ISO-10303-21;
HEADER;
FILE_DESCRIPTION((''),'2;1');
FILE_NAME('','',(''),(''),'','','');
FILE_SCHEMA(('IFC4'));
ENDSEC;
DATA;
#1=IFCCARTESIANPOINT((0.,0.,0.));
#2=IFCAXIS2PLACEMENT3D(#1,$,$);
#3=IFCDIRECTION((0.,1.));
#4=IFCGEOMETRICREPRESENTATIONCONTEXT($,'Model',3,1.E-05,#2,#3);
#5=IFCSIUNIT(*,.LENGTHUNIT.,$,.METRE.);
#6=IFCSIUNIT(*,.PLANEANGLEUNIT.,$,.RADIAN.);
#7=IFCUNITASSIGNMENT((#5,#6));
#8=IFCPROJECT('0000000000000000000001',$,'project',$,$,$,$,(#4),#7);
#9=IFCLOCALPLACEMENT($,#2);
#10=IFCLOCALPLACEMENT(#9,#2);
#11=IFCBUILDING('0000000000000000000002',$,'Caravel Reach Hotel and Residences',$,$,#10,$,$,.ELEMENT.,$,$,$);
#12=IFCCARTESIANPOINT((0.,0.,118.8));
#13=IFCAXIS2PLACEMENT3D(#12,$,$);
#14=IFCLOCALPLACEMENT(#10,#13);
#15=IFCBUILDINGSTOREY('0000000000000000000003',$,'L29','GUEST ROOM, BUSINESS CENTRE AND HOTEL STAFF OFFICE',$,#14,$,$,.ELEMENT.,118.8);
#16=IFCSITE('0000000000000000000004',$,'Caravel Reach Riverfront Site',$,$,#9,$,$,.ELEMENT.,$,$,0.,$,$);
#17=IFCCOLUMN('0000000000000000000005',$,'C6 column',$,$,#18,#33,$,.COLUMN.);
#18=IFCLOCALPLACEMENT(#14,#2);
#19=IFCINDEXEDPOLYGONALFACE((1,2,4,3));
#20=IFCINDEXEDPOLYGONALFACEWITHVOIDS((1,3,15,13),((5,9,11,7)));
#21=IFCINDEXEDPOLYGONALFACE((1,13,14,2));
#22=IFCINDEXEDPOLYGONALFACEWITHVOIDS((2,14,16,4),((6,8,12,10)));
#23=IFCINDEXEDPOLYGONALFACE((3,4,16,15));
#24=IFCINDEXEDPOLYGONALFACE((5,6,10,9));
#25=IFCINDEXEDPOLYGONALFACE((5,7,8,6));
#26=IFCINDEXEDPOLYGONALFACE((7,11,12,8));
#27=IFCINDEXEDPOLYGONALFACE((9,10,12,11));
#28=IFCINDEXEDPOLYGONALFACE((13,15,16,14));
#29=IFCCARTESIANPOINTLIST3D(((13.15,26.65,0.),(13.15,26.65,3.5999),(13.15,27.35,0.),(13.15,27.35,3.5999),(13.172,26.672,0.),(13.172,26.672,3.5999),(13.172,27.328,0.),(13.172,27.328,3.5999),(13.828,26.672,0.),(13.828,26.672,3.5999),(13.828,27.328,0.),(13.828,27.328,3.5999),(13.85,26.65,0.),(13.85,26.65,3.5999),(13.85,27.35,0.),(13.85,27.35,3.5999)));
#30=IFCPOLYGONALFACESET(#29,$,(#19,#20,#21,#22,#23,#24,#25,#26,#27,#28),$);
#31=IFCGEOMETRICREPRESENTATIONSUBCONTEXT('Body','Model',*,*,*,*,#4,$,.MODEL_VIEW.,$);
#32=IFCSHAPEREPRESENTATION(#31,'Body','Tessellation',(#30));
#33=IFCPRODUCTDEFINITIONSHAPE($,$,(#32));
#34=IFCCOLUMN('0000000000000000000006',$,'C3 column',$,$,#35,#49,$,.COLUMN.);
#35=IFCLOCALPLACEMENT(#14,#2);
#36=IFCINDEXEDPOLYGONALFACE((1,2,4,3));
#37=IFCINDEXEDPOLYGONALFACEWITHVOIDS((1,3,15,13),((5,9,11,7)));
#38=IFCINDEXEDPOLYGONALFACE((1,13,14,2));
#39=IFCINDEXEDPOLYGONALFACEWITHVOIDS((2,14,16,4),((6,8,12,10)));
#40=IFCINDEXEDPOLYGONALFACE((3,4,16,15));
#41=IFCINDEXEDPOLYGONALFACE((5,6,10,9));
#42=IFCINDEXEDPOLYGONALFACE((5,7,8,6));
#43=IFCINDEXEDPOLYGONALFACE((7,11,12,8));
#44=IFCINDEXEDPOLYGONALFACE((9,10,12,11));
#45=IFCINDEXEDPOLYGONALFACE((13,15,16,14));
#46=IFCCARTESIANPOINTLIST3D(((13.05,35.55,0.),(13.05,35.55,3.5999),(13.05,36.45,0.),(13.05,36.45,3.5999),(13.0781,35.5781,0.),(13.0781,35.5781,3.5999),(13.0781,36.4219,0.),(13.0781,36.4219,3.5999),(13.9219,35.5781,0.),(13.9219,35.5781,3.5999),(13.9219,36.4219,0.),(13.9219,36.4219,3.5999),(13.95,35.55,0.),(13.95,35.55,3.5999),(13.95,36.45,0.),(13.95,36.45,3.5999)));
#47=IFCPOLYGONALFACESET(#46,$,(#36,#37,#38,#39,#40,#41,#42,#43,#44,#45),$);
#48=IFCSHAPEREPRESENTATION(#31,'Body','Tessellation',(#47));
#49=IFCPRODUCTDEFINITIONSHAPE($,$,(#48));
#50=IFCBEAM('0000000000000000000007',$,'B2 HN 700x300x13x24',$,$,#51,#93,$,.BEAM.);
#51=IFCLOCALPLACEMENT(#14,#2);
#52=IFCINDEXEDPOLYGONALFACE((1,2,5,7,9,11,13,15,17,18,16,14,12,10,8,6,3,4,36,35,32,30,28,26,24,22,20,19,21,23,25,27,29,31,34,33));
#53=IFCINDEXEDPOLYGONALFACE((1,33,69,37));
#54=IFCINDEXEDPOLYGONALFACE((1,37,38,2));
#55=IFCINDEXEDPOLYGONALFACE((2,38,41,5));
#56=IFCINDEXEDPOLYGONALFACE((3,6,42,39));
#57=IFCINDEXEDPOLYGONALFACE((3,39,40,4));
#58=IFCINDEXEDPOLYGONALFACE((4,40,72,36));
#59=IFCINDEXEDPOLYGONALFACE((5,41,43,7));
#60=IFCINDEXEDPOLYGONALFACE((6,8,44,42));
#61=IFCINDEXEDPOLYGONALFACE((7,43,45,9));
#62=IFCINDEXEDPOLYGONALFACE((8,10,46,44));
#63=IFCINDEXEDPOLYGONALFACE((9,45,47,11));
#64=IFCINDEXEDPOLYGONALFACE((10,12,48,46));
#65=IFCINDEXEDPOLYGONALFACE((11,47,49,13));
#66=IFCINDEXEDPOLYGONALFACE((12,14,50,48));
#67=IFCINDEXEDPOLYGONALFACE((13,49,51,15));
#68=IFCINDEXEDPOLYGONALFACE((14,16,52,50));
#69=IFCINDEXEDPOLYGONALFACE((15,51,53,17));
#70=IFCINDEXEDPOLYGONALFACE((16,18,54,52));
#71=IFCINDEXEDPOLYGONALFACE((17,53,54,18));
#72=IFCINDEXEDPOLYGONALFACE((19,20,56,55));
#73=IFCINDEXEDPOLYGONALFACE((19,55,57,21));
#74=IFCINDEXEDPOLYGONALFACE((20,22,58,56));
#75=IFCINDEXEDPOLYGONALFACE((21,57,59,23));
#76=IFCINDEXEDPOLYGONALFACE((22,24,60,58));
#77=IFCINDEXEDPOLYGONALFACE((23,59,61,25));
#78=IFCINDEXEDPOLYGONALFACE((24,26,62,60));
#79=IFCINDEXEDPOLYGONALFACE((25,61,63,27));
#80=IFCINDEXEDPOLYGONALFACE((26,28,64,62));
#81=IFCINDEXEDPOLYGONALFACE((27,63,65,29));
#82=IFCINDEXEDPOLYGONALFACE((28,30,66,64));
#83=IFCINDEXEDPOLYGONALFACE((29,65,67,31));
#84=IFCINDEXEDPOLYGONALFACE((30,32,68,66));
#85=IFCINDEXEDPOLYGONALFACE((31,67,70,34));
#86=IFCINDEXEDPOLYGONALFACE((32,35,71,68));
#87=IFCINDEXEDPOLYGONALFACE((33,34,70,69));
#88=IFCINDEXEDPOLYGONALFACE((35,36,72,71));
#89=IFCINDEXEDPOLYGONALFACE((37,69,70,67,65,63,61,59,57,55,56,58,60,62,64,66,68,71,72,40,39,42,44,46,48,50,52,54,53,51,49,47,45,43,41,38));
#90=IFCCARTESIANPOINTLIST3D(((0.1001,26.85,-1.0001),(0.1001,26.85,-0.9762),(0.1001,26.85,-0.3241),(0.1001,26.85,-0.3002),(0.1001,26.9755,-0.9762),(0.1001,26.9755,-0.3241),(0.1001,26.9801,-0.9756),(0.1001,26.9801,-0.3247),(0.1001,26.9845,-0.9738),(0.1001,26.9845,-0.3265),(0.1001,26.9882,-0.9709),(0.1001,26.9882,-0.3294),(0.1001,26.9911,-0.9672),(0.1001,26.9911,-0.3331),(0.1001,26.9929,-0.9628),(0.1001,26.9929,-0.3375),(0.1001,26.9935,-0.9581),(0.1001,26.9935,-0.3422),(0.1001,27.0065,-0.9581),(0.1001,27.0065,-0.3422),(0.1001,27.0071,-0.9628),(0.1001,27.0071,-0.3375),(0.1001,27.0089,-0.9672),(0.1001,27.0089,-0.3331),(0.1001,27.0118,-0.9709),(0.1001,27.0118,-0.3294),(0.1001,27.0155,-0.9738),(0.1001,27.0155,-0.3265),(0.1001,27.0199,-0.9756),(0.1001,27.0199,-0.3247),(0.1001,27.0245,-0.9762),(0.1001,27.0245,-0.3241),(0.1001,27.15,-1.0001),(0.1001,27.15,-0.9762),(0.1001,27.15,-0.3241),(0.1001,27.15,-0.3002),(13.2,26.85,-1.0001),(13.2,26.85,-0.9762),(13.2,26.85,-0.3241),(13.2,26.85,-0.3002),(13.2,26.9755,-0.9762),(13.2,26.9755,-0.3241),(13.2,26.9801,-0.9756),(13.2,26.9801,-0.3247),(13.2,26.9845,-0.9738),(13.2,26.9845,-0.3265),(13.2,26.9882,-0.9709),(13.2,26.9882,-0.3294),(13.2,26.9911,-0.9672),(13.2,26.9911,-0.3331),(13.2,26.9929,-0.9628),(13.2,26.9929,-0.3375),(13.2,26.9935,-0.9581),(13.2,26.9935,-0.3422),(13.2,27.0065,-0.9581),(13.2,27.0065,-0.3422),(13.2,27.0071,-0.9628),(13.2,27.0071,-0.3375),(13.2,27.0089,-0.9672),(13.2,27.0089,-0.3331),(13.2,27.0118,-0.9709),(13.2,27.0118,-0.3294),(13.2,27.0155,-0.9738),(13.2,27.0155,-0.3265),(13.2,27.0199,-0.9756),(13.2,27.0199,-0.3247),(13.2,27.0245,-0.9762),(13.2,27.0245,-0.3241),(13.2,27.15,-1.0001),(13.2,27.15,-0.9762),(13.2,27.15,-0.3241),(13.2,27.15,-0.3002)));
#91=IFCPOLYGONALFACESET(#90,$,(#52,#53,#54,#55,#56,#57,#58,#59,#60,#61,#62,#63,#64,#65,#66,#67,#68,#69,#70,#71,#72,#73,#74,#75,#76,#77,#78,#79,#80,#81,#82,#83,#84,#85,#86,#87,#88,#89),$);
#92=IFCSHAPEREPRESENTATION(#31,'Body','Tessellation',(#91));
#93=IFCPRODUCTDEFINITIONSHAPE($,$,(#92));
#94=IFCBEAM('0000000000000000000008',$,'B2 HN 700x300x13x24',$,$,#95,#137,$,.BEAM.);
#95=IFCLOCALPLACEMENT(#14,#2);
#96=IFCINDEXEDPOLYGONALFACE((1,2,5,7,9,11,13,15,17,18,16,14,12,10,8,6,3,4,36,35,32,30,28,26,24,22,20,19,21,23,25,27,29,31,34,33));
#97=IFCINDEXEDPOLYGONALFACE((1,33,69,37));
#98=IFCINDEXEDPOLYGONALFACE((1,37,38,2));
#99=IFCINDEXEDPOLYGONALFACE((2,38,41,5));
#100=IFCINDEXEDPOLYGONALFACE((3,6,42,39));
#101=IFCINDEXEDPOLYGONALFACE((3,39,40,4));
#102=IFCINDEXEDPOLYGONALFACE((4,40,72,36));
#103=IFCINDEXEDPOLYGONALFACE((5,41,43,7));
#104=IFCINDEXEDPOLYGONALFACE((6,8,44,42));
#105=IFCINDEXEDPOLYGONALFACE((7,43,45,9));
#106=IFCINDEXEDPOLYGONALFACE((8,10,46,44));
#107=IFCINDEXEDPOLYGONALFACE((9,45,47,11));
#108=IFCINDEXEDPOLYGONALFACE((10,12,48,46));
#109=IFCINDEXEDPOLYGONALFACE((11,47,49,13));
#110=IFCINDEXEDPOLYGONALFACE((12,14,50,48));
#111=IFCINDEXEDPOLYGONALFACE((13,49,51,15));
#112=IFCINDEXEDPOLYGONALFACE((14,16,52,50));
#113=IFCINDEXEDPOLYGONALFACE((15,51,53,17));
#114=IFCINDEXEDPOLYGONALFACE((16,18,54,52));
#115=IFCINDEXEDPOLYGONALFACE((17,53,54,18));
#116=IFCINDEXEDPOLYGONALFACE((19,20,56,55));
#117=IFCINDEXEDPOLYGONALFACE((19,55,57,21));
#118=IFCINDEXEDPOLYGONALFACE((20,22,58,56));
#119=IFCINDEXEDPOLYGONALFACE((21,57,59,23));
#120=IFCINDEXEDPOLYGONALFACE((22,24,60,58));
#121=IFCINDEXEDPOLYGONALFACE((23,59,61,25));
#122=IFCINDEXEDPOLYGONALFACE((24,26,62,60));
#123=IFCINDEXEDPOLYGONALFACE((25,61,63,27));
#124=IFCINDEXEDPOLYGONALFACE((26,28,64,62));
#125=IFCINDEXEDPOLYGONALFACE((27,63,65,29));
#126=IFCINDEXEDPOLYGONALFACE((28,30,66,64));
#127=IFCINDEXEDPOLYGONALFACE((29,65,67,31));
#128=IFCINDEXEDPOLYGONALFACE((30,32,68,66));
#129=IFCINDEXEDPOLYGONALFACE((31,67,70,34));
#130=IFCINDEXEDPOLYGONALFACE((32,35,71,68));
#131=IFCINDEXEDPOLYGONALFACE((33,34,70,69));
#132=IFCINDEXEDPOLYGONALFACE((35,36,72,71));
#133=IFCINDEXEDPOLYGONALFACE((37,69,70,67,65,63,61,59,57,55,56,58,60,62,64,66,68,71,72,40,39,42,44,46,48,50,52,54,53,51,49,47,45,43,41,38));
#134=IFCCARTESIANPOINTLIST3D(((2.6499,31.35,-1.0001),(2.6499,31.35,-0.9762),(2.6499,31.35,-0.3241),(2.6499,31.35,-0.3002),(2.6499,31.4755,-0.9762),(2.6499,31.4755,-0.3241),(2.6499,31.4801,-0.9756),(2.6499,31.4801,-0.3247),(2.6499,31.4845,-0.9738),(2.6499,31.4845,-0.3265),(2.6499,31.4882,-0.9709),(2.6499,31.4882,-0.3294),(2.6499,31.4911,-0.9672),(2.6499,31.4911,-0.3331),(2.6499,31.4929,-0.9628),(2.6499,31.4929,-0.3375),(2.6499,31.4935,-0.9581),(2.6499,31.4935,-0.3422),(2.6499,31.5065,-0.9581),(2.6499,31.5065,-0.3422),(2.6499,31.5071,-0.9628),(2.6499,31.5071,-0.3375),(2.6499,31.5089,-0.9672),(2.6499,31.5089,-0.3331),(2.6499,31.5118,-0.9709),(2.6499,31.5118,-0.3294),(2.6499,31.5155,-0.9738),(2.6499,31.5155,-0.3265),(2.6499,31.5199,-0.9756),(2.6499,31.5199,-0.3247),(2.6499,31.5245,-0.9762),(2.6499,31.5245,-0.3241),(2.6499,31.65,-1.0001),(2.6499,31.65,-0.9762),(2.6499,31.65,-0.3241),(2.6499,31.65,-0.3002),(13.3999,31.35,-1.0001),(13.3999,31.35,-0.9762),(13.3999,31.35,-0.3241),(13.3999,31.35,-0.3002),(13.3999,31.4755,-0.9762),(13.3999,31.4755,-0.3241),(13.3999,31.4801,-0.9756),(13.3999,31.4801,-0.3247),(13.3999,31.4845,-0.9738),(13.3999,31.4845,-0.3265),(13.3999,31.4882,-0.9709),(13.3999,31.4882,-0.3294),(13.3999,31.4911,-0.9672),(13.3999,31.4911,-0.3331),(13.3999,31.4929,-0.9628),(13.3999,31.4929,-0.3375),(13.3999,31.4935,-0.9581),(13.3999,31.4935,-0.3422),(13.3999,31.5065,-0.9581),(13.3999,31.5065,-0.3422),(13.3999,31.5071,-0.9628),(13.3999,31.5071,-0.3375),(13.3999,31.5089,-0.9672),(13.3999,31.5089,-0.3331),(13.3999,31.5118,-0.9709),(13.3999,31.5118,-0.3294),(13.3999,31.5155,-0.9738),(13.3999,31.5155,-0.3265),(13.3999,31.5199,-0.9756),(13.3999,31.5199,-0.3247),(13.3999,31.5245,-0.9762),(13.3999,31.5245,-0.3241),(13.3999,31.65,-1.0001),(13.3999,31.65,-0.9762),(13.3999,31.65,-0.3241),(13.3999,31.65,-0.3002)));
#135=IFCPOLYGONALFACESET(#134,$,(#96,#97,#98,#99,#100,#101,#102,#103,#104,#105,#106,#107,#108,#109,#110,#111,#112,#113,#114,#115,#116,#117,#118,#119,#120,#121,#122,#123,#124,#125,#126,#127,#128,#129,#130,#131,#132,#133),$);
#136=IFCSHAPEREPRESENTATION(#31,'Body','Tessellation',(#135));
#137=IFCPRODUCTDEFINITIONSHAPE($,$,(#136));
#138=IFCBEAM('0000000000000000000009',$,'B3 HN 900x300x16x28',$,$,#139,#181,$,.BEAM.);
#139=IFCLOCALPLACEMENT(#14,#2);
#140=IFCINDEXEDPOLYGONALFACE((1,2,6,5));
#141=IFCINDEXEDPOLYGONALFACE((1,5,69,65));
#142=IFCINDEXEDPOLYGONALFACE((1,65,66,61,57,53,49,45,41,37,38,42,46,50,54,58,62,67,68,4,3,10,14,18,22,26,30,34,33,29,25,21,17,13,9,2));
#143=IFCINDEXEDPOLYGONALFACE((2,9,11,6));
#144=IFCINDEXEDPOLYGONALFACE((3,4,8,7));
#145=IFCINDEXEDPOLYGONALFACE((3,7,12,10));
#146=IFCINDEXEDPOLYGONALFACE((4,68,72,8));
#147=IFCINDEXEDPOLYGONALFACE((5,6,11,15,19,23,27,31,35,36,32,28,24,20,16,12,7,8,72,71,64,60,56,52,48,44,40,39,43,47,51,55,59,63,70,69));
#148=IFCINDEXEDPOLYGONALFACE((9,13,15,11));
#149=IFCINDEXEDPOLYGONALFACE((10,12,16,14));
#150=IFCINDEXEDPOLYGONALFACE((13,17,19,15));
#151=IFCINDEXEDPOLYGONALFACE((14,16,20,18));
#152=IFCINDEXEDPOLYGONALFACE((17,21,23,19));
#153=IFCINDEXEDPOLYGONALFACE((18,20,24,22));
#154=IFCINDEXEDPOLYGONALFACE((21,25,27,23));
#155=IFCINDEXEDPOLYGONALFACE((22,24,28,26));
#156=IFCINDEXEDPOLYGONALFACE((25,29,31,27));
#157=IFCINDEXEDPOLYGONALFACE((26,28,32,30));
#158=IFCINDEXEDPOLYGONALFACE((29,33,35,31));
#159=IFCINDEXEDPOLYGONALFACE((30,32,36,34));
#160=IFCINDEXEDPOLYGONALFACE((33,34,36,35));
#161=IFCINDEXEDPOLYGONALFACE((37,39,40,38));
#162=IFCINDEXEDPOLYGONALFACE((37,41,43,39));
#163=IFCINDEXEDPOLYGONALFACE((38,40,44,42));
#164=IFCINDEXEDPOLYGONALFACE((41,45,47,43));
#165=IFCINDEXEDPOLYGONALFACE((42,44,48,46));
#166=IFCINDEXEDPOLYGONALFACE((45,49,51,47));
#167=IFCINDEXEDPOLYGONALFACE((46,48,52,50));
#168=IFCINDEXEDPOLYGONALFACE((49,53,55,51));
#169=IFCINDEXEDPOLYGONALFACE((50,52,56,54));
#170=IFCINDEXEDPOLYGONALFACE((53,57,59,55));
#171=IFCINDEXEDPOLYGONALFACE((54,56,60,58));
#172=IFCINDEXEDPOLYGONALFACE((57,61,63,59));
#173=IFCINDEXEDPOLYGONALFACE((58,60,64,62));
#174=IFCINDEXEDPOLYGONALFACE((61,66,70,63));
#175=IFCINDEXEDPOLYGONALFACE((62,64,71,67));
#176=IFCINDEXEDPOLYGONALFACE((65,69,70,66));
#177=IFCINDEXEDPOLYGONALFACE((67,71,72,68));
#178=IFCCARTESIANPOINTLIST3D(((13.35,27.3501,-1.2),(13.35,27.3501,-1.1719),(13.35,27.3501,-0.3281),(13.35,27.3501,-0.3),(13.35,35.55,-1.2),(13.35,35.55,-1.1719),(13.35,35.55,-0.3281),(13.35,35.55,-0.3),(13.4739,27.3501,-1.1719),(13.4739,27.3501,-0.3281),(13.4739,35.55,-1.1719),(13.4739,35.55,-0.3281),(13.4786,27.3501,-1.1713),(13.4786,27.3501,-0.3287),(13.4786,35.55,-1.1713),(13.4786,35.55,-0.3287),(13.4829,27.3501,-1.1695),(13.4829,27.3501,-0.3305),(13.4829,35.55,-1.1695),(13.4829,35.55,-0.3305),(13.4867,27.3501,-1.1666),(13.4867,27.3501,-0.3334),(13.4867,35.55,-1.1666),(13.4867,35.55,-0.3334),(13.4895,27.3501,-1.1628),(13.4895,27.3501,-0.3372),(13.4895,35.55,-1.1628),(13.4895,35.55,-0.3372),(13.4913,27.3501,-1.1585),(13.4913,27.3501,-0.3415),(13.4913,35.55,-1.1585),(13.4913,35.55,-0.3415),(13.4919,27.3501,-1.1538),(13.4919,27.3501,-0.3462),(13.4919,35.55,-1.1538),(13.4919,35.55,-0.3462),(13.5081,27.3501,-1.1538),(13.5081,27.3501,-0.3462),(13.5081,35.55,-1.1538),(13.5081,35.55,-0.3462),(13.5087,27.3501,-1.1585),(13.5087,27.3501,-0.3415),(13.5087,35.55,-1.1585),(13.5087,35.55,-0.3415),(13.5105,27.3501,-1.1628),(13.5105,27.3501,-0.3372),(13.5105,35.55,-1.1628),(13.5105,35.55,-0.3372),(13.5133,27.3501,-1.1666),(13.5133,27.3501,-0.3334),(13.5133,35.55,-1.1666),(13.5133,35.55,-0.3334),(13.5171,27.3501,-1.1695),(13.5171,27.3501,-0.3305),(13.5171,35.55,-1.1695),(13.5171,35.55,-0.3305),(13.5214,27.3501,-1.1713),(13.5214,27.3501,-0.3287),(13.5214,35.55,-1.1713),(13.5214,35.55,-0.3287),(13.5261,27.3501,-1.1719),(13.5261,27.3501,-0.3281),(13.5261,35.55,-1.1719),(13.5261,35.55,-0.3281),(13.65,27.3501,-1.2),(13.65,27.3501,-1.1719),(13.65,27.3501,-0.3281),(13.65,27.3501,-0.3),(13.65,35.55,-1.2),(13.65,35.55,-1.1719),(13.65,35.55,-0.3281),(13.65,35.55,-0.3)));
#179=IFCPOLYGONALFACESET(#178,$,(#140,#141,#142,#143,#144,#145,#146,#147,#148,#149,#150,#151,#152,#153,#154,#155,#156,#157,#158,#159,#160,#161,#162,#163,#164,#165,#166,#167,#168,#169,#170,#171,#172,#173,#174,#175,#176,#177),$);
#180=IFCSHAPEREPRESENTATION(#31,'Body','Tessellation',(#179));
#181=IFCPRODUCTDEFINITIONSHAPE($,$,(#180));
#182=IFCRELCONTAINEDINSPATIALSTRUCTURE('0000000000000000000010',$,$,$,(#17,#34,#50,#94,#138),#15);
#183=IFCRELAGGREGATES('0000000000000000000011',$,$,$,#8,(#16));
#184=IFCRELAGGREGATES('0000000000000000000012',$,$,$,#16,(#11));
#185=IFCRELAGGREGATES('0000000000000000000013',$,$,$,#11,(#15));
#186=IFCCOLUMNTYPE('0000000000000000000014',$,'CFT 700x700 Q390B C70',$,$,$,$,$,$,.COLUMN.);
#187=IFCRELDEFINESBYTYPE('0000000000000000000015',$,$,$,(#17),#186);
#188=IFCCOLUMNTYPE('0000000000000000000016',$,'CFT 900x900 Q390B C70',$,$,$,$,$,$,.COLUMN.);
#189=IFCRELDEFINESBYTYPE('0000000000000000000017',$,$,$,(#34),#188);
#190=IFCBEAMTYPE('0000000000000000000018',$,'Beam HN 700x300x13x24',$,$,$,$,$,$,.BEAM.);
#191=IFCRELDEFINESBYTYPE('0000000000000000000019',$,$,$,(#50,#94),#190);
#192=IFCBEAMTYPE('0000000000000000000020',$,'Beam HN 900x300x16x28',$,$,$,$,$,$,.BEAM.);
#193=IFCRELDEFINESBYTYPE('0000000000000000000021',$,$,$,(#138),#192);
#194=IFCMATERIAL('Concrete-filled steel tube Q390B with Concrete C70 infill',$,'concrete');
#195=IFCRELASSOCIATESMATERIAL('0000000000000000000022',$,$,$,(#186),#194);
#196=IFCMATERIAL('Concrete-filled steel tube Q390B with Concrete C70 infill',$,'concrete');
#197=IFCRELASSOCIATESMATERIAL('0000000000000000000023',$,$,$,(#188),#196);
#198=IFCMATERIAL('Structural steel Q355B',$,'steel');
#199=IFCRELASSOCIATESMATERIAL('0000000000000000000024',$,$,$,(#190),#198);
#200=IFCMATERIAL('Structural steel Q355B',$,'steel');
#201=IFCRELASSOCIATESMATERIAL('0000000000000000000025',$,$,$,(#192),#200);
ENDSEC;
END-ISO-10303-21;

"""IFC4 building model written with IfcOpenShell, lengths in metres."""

from ifc_helpers import new_model, si_unit, direction, frame, origin, origin_2d, place, context, subcontext, project, spatial, hollow_rectangle, i_section, extrude, material, material_profile, profile_set, type_object, element, save


model = new_model("IFC4")

# Units and contexts
model_context = context("Model", 3, precision=1e-05, world=origin(), true_north=direction((0.0, 1.0)))
body_context = subcontext(model_context, "Body", "Model", "MODEL_VIEW")
ifc_project = project(units=[si_unit("LENGTHUNIT", "METRE"), si_unit("PLANEANGLEUNIT", "RADIAN")], contexts=[model_context])

# Site, building, storey
site_placement = place(None, origin())
site = spatial("IfcSite", under=ifc_project, at=site_placement, Name="Caravel Reach Riverfront Site", CompositionType="ELEMENT", RefElevation=0.0)
building_placement = place(site_placement, origin())
building = spatial("IfcBuilding", under=site, at=building_placement, Name="Caravel Reach Hotel and Residences", CompositionType="ELEMENT")
storey_placement = place(building_placement, frame((0.0, 0.0, 118.8)))
storey = spatial("IfcBuildingStorey", under=building, at=storey_placement, Name="L29", Description="GUEST ROOM, BUSINESS CENTRE AND HOTEL STAFF OFFICE", CompositionType="ELEMENT", Elevation=118.8)

# Columns
ifc_material_1 = material(Name="Concrete-filled steel tube Q390B with Concrete C70 infill", Category="concrete")
ifc_material_profile_1 = material_profile(ifc_material_1, hollow_rectangle(XDim=0.7, YDim=0.7, WallThickness=0.022, at=origin_2d()), Name="RHS 700x700x22")
ifc_profile_set_1 = profile_set([ifc_material_profile_1], Name="Concrete-filled steel tube Q390B with Concrete C70 infill")
column_type_1 = type_object("IfcColumnType", Name="CFT 700x700 Q390B C70", PredefinedType="COLUMN", material=ifc_profile_set_1)
column_1_placement = place(storey_placement, frame((13.5, 27.0, 0.0), z_axis=(0.0, 0.0, 1.0), x_axis=(1.0, 0.0, 0.0)))
element("IfcColumn", 1, at=column_1_placement, inside=storey, type_object=column_type_1, Name="C6 column", PredefinedType="COLUMN", context=body_context, shape_type="SweptSolid", body=[
    extrude(hollow_rectangle(XDim=0.7, YDim=0.7, WallThickness=0.022, at=origin_2d()), origin(), (0.0, 0.0, 1.0), 3.5999),
])
ifc_material_2 = material(Name="Concrete-filled steel tube Q390B with Concrete C70 infill", Category="concrete")
ifc_material_profile_2 = material_profile(ifc_material_2, hollow_rectangle(XDim=0.8999, YDim=0.8999, WallThickness=0.0281, at=origin_2d()), Name="RHS 900x900x28")
ifc_profile_set_2 = profile_set([ifc_material_profile_2], Name="Concrete-filled steel tube Q390B with Concrete C70 infill")
column_type_2 = type_object("IfcColumnType", Name="CFT 900x900 Q390B C70", PredefinedType="COLUMN", material=ifc_profile_set_2)
column_2_placement = place(storey_placement, frame((13.5, 36.0, 0.0), z_axis=(0.0, 0.0, 1.0), x_axis=(1.0, 0.0, 0.0)))
element("IfcColumn", 2, at=column_2_placement, inside=storey, type_object=column_type_2, Name="C3 column", PredefinedType="COLUMN", context=body_context, shape_type="SweptSolid", body=[
    extrude(hollow_rectangle(XDim=0.8999, YDim=0.8999, WallThickness=0.0281, at=origin_2d()), origin(), (0.0, 0.0, 1.0), 3.5999),
])

# Beams
ifc_material_3 = material(Name="Structural steel Q355B", Category="steel")
ifc_material_profile_3 = material_profile(ifc_material_3, i_section(OverallWidth=0.3, OverallDepth=0.7, WebThickness=0.0129, FlangeThickness=0.0239, FilletRadius=0.0181, at=origin_2d()), Name="HN 700x300x13x24")
ifc_profile_set_3 = profile_set([ifc_material_profile_3], Name="Structural steel Q355B")
beam_type_1 = type_object("IfcBeamType", Name="Beam HN 700x300x13x24", PredefinedType="BEAM", material=ifc_profile_set_3)
beam_1_placement = place(storey_placement, frame((13.2, 27.0, -0.6501), z_axis=(-1.0, 0.0, 0.0), x_axis=(0.0, -1.0, 0.0)))
element("IfcBeam", 3, at=beam_1_placement, inside=storey, type_object=beam_type_1, Name="B2 HN 700x300x13x24", PredefinedType="BEAM", context=body_context, shape_type="SweptSolid", body=[
    extrude(i_section(OverallWidth=0.3, OverallDepth=0.7, WebThickness=0.0129, FlangeThickness=0.0239, FilletRadius=0.0181, at=origin_2d()), origin(), (0.0, 0.0, 1.0), 13.0999),
])
beam_2_placement = place(storey_placement, frame((13.3999, 31.5, -0.6501), z_axis=(-1.0, 0.0, 0.0), x_axis=(0.0, -1.0, 0.0)))
element("IfcBeam", 4, at=beam_2_placement, inside=storey, type_object=beam_type_1, Name="B2 HN 700x300x13x24", PredefinedType="BEAM", context=body_context, shape_type="SweptSolid", body=[
    extrude(i_section(OverallWidth=0.3, OverallDepth=0.7, WebThickness=0.0129, FlangeThickness=0.0239, FilletRadius=0.0181, at=origin_2d()), origin(), (0.0, 0.0, 1.0), 10.75),
])
ifc_material_4 = material(Name="Structural steel Q355B", Category="steel")
ifc_material_profile_4 = material_profile(ifc_material_4, i_section(OverallWidth=0.3, OverallDepth=0.8999, WebThickness=0.0161, FlangeThickness=0.0281, FilletRadius=0.0181, at=origin_2d()), Name="HN 900x300x16x28")
ifc_profile_set_4 = profile_set([ifc_material_profile_4], Name="Structural steel Q355B")
beam_type_2 = type_object("IfcBeamType", Name="Beam HN 900x300x16x28", PredefinedType="BEAM", material=ifc_profile_set_4)
beam_3_placement = place(storey_placement, frame((13.5, 27.3501, -0.75), z_axis=(0.0, 1.0, 0.0), x_axis=(-1.0, 0.0, 0.0)))
element("IfcBeam", 5, at=beam_3_placement, inside=storey, type_object=beam_type_2, Name="B3 HN 900x300x16x28", PredefinedType="BEAM", context=body_context, shape_type="SweptSolid", body=[
    extrude(i_section(OverallWidth=0.3, OverallDepth=0.8999, WebThickness=0.0161, FlangeThickness=0.0281, FilletRadius=0.0181, at=origin_2d()), origin(), (0.0, 0.0, 1.0), 8.2),
])

save(model, "model.ifc")
